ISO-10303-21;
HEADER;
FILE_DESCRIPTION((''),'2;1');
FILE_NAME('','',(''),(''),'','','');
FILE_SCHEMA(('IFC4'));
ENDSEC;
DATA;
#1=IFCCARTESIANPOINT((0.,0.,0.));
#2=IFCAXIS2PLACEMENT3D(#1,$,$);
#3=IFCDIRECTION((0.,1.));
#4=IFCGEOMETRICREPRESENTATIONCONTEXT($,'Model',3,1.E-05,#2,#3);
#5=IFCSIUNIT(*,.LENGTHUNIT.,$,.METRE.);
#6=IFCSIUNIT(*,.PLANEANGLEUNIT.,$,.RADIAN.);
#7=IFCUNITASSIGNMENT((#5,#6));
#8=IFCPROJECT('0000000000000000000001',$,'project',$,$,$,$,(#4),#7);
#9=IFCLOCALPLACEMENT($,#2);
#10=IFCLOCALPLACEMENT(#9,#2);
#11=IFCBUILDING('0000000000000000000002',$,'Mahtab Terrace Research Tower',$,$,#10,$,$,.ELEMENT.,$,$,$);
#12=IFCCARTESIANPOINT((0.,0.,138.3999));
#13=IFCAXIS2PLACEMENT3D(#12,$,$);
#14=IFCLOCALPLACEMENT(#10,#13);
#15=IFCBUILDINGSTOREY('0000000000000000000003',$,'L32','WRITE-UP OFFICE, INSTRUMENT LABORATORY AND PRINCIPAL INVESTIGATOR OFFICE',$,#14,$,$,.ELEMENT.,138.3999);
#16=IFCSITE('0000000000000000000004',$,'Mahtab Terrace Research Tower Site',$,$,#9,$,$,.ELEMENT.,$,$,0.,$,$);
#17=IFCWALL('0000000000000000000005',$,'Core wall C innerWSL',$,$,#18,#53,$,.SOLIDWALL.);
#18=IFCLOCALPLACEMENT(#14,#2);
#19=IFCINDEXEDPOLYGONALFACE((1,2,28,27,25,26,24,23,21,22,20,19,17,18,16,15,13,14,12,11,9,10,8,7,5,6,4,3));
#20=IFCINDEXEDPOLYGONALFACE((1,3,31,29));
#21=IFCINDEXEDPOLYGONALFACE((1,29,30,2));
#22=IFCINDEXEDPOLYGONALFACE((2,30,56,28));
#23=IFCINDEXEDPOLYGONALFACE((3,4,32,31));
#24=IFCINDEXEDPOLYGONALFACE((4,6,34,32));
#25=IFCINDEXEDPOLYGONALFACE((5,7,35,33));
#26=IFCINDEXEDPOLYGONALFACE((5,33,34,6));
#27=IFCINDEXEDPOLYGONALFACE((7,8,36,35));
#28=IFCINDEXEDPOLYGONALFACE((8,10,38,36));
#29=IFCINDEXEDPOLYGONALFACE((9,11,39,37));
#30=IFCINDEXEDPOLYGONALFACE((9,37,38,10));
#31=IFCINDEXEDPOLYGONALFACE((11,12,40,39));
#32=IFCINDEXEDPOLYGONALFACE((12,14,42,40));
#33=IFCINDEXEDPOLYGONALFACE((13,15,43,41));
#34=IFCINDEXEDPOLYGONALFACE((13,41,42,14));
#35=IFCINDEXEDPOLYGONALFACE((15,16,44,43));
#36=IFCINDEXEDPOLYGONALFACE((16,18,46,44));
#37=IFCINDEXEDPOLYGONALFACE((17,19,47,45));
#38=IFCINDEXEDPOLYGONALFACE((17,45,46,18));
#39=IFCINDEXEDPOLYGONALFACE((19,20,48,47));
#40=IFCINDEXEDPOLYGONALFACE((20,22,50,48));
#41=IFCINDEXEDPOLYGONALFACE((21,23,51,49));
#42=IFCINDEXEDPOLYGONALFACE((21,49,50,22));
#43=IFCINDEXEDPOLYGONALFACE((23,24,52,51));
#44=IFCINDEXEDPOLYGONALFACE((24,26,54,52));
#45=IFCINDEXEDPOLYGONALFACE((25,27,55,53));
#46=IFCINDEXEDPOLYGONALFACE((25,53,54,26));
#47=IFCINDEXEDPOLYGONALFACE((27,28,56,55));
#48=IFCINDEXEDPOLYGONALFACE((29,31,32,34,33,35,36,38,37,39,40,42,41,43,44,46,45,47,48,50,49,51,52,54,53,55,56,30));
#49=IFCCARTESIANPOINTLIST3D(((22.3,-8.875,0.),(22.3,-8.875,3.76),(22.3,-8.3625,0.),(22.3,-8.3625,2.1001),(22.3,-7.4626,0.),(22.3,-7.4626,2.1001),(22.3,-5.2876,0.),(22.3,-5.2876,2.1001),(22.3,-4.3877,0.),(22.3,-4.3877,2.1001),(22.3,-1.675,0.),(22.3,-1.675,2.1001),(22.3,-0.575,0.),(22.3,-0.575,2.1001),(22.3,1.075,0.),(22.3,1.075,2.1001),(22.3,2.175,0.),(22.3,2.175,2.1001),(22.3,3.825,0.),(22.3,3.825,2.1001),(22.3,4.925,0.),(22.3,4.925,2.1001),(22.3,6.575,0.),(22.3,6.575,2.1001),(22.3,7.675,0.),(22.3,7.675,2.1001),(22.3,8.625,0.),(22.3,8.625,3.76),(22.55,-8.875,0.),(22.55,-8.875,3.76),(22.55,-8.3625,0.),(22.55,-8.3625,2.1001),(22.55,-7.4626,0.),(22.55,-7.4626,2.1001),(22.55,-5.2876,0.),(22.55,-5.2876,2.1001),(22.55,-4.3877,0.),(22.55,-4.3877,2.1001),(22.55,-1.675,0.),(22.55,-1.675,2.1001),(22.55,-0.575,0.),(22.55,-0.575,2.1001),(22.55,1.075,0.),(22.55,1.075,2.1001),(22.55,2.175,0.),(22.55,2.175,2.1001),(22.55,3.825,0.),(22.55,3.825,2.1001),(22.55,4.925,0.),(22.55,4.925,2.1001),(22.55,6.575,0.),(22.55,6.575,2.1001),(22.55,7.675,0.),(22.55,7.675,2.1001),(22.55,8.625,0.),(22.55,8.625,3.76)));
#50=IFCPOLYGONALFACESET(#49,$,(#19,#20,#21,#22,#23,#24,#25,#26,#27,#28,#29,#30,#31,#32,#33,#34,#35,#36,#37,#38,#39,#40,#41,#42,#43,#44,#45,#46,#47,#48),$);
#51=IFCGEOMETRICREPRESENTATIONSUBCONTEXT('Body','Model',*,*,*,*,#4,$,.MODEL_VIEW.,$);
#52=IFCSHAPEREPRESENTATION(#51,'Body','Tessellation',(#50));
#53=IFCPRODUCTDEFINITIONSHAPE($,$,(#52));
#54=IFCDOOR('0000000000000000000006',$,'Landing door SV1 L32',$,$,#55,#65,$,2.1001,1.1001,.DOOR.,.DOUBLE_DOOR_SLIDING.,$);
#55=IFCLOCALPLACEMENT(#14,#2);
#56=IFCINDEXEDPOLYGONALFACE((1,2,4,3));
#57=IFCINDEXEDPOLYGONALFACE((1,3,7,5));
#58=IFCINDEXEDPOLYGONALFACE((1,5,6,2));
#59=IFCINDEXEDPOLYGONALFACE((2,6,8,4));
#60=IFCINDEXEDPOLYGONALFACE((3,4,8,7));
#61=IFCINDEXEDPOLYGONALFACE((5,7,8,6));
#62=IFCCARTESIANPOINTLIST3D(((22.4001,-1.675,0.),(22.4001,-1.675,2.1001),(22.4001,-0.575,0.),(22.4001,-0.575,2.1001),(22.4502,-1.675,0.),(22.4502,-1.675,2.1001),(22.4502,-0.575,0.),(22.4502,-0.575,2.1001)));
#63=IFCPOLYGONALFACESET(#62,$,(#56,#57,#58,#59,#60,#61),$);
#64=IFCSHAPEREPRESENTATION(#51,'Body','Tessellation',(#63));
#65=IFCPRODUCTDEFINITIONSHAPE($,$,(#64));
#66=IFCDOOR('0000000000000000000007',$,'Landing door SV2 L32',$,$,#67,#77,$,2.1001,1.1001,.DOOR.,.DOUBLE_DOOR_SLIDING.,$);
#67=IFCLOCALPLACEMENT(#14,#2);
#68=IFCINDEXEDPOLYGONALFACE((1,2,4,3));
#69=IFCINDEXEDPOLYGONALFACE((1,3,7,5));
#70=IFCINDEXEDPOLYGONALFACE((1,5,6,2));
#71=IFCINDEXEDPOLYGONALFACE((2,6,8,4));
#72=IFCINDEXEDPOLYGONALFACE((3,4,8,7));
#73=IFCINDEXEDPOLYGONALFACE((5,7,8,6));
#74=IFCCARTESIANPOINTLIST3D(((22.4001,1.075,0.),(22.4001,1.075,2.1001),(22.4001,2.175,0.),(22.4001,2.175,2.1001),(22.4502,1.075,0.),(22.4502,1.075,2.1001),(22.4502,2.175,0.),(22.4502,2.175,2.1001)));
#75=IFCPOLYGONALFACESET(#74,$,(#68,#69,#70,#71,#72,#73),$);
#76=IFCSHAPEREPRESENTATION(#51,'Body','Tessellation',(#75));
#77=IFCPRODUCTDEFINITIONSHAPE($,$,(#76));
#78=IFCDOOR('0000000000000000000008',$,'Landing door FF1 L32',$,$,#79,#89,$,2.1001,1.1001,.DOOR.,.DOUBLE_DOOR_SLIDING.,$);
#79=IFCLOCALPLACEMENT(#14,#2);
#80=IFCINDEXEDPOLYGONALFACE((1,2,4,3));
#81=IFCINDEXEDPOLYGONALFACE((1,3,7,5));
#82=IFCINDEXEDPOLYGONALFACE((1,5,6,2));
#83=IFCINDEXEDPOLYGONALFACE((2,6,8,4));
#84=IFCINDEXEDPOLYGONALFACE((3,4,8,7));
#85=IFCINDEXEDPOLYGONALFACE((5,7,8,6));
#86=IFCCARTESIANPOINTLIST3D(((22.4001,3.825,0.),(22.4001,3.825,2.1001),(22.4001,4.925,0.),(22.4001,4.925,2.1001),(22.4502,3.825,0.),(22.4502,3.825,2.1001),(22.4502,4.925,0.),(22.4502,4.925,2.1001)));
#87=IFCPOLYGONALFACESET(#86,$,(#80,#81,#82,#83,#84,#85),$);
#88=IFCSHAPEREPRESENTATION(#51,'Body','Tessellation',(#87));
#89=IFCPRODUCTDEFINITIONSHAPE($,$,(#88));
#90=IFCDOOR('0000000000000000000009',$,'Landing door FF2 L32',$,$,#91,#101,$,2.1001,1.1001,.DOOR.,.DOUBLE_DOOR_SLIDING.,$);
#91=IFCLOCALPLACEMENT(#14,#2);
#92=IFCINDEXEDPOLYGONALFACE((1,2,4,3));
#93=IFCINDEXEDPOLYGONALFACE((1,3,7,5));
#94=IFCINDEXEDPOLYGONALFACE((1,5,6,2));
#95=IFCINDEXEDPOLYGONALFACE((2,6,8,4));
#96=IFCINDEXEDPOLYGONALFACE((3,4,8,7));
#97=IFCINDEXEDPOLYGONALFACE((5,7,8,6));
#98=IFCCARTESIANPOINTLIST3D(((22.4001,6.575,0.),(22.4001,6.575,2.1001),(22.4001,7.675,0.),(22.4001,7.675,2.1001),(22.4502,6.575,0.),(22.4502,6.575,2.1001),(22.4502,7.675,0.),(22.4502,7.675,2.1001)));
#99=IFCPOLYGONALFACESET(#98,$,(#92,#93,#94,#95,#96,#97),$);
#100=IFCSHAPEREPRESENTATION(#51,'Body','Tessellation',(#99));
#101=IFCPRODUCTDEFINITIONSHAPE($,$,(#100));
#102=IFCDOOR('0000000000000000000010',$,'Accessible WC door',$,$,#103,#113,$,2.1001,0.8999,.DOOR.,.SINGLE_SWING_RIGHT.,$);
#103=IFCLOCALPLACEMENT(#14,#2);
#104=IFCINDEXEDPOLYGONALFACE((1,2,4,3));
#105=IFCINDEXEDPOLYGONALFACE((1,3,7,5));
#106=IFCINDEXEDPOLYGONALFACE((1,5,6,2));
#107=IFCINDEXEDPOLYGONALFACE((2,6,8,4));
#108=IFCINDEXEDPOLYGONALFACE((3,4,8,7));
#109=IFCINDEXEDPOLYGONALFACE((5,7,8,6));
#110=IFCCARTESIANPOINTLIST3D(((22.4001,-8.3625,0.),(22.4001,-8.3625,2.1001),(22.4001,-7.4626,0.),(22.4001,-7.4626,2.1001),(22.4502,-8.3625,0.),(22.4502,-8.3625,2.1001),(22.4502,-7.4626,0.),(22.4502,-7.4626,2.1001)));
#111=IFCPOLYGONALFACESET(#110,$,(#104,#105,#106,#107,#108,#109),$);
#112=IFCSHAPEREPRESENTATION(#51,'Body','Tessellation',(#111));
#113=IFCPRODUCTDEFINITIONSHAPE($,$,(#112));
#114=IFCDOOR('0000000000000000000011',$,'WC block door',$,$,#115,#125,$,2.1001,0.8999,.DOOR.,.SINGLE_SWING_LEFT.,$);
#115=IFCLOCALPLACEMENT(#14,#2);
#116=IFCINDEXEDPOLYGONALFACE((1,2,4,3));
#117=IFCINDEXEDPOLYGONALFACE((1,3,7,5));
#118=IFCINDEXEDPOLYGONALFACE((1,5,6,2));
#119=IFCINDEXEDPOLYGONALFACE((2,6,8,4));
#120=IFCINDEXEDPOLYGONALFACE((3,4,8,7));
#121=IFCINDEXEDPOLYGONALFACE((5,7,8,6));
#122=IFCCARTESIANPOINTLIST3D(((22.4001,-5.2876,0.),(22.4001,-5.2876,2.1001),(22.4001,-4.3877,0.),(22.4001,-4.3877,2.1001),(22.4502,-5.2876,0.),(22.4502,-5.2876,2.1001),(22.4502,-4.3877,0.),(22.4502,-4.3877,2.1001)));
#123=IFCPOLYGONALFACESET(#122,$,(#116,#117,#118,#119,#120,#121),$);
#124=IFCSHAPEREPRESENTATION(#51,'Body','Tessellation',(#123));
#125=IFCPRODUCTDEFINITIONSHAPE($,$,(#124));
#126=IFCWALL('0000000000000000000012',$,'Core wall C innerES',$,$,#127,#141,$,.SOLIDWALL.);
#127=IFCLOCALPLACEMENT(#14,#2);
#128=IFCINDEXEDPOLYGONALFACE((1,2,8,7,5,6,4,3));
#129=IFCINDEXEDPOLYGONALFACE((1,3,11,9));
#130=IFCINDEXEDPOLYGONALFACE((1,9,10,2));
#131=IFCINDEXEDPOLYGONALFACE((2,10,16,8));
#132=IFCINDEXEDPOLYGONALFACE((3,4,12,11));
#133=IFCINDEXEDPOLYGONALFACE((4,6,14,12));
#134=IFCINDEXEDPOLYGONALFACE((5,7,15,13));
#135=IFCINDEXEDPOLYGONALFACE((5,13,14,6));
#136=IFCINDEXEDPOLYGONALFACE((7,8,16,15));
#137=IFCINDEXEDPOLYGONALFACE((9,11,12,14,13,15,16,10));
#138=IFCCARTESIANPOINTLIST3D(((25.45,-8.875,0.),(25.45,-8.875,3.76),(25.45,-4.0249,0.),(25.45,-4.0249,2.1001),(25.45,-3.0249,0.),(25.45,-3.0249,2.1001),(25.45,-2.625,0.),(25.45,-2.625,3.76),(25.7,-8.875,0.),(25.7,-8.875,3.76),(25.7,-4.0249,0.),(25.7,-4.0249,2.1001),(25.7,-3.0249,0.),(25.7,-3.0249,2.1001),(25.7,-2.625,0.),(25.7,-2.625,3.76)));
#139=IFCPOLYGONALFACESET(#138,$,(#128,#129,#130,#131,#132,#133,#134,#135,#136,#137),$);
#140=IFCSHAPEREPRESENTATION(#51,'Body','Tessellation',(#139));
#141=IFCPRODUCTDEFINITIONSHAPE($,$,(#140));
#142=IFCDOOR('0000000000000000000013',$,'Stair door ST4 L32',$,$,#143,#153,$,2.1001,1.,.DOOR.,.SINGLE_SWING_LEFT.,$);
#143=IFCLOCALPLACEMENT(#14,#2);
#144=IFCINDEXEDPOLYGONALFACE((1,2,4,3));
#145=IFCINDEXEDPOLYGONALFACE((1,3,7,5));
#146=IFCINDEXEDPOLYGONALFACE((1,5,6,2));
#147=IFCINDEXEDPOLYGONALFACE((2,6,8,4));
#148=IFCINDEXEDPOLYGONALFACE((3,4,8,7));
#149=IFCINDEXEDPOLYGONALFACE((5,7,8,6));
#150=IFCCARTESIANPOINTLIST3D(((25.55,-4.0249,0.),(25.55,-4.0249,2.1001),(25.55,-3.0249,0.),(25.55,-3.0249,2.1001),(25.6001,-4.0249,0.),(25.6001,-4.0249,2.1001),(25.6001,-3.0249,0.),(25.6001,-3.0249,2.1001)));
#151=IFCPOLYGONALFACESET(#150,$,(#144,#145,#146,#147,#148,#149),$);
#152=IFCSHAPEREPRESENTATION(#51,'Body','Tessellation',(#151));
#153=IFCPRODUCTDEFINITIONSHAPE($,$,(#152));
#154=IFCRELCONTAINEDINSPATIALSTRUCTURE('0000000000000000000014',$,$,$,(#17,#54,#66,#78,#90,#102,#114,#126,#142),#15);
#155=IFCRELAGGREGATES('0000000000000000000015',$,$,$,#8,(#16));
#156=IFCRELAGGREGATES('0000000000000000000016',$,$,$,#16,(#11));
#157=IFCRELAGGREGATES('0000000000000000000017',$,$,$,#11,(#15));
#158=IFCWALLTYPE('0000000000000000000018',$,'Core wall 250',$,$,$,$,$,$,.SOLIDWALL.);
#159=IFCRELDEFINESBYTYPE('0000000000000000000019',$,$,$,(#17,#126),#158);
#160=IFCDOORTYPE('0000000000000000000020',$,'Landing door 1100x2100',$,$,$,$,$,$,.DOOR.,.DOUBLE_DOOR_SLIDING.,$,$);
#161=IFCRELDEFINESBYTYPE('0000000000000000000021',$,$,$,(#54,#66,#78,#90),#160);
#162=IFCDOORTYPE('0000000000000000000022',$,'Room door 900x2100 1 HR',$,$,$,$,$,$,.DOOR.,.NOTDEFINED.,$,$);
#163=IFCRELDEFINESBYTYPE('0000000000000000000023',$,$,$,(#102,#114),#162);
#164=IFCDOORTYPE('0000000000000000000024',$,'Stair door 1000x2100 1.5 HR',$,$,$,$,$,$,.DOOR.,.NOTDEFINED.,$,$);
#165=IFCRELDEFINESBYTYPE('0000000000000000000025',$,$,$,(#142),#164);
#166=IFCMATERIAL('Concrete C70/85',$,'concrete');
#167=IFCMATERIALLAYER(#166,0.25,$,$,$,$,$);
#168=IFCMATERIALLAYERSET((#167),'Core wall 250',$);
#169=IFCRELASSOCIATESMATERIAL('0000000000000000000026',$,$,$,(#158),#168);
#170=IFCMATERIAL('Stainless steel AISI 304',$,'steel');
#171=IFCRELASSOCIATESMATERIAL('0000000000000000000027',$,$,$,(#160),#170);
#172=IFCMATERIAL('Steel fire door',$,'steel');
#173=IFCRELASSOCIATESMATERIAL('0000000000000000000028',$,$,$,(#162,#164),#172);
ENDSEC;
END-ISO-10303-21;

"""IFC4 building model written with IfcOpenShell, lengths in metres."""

from ifc_helpers import new_model, si_unit, direction, frame, frame_2d, origin, place, context, subcontext, project, spatial, rectangle, extrude, material, layer, layer_set, type_object, element, fill, save


model = new_model("IFC4")

# Units and contexts
model_context = context("Model", 3, precision=1e-05, world=origin(), true_north=direction((0.0, 1.0)))
body_context = subcontext(model_context, "Body", "Model", "MODEL_VIEW")
ifc_project = project(units=[si_unit("LENGTHUNIT", "METRE"), si_unit("PLANEANGLEUNIT", "RADIAN")], contexts=[model_context])

# Site, building, storey
site_placement = place(None, origin())
site = spatial("IfcSite", under=ifc_project, at=site_placement, Name="Mahtab Terrace Research Tower Site", CompositionType="ELEMENT", RefElevation=0.0)
building_placement = place(site_placement, origin())
building = spatial("IfcBuilding", under=site, at=building_placement, Name="Mahtab Terrace Research Tower", CompositionType="ELEMENT")
storey_placement = place(building_placement, frame((0.0, 0.0, 138.3999)))
storey = spatial("IfcBuildingStorey", under=building, at=storey_placement, Name="L32", Description="WRITE-UP OFFICE, INSTRUMENT LABORATORY AND PRINCIPAL INVESTIGATOR OFFICE", CompositionType="ELEMENT", Elevation=138.3999)

# Wall, openings, doors
ifc_material_1 = material(Name="Concrete C70/85", Category="concrete")
ifc_layer_1 = layer(ifc_material_1, 0.25)
ifc_layer_set_1 = layer_set([ifc_layer_1], Name="Core wall 250")
wall_type_1 = type_object("IfcWallType", Name="Core wall 250", PredefinedType="SOLIDWALL", material=ifc_layer_set_1)
wall_1_placement = place(storey_placement, frame((22.425, -8.875, 0.0), z_axis=(0.0, 0.0, 1.0), x_axis=(0.0, 1.0, 0.0)))
wall_1 = element("IfcWall", 1, at=wall_1_placement, inside=storey, type_object=wall_type_1, Name="Core wall C innerWSL", PredefinedType="SOLIDWALL", context=body_context, shape_type="SweptSolid", body=[
    extrude(rectangle(XDim=17.5, YDim=0.25, at=frame_2d((8.75, 0.0))), origin(), (0.0, 0.0, 1.0), 3.76),
])
opening_1_placement = place(wall_1_placement, frame((7.2, 0.0, 0.0)))
opening_1 = element("IfcOpeningElement", 2, at=opening_1_placement, cuts=wall_1, PredefinedType="OPENING", context=body_context, shape_type="SweptSolid", body=[
    extrude(rectangle(XDim=1.1001, YDim=2.1001, at=frame_2d((0.55, 1.05))), frame((0.0, 0.135, 0.0), z_axis=(0.0, -1.0, 0.0), x_axis=(1.0, 0.0, 0.0)), (0.0, 0.0, 1.0), 0.27),
])
opening_2_placement = place(wall_1_placement, frame((9.95, 0.0, 0.0)))
opening_2 = element("IfcOpeningElement", 3, at=opening_2_placement, cuts=wall_1, PredefinedType="OPENING", context=body_context, shape_type="SweptSolid", body=[
    extrude(rectangle(XDim=1.1001, YDim=2.1001, at=frame_2d((0.55, 1.05))), frame((0.0, 0.135, 0.0), z_axis=(0.0, -1.0, 0.0), x_axis=(1.0, 0.0, 0.0)), (0.0, 0.0, 1.0), 0.27),
])
opening_3_placement = place(wall_1_placement, frame((12.7, 0.0, 0.0)))
opening_3 = element("IfcOpeningElement", 4, at=opening_3_placement, cuts=wall_1, PredefinedType="OPENING", context=body_context, shape_type="SweptSolid", body=[
    extrude(rectangle(XDim=1.1001, YDim=2.1001, at=frame_2d((0.55, 1.05))), frame((0.0, 0.135, 0.0), z_axis=(0.0, -1.0, 0.0), x_axis=(1.0, 0.0, 0.0)), (0.0, 0.0, 1.0), 0.27),
])
opening_4_placement = place(wall_1_placement, frame((15.45, 0.0, 0.0)))
opening_4 = element("IfcOpeningElement", 5, at=opening_4_placement, cuts=wall_1, PredefinedType="OPENING", context=body_context, shape_type="SweptSolid", body=[
    extrude(rectangle(XDim=1.1001, YDim=2.1001, at=frame_2d((0.55, 1.05))), frame((0.0, 0.135, 0.0), z_axis=(0.0, -1.0, 0.0), x_axis=(1.0, 0.0, 0.0)), (0.0, 0.0, 1.0), 0.27),
])
opening_5_placement = place(wall_1_placement, frame((0.5125, 0.0, 0.0)))
opening_5 = element("IfcOpeningElement", 6, at=opening_5_placement, cuts=wall_1, PredefinedType="OPENING", context=body_context, shape_type="SweptSolid", body=[
    extrude(rectangle(XDim=0.8999, YDim=2.1001, at=frame_2d((0.45, 1.05))), frame((0.0, 0.135, 0.0), z_axis=(0.0, -1.0, 0.0), x_axis=(1.0, 0.0, 0.0)), (0.0, 0.0, 1.0), 0.27),
])
opening_6_placement = place(wall_1_placement, frame((3.5874, 0.0, 0.0)))
opening_6 = element("IfcOpeningElement", 7, at=opening_6_placement, cuts=wall_1, PredefinedType="OPENING", context=body_context, shape_type="SweptSolid", body=[
    extrude(rectangle(XDim=0.8999, YDim=2.1001, at=frame_2d((0.45, 1.05))), frame((0.0, 0.135, 0.0), z_axis=(0.0, -1.0, 0.0), x_axis=(1.0, 0.0, 0.0)), (0.0, 0.0, 1.0), 0.27),
])
ifc_material_2 = material(Name="Stainless steel AISI 304", Category="steel")
door_type_1 = type_object("IfcDoorType", Name="Landing door 1100x2100", OperationType="DOUBLE_DOOR_SLIDING", PredefinedType="DOOR", material=ifc_material_2)
door_1_placement = place(opening_1_placement, origin())
door_1 = element("IfcDoor", 8, at=door_1_placement, inside=storey, type_object=door_type_1, Name="Landing door SV1 L32", OperationType="DOUBLE_DOOR_SLIDING", OverallHeight=2.1001, OverallWidth=1.1001, PredefinedType="DOOR", context=body_context, shape_type="SweptSolid", body=[
    extrude(rectangle(XDim=1.1001, YDim=2.1001, at=frame_2d((0.55, 1.05))), frame((0.0, 0.0249, 0.0), z_axis=(0.0, -1.0, 0.0), x_axis=(1.0, 0.0, 0.0)), (0.0, 0.0, 1.0), 0.05),
])
fill(opening_1, door_1)
door_2_placement = place(opening_2_placement, origin())
door_2 = element("IfcDoor", 9, at=door_2_placement, inside=storey, type_object=door_type_1, Name="Landing door SV2 L32", OperationType="DOUBLE_DOOR_SLIDING", OverallHeight=2.1001, OverallWidth=1.1001, PredefinedType="DOOR", context=body_context, shape_type="SweptSolid", body=[
    extrude(rectangle(XDim=1.1001, YDim=2.1001, at=frame_2d((0.55, 1.05))), frame((0.0, 0.0249, 0.0), z_axis=(0.0, -1.0, 0.0), x_axis=(1.0, 0.0, 0.0)), (0.0, 0.0, 1.0), 0.05),
])
fill(opening_2, door_2)
door_3_placement = place(opening_3_placement, origin())
door_3 = element("IfcDoor", 10, at=door_3_placement, inside=storey, type_object=door_type_1, Name="Landing door FF1 L32", OperationType="DOUBLE_DOOR_SLIDING", OverallHeight=2.1001, OverallWidth=1.1001, PredefinedType="DOOR", context=body_context, shape_type="SweptSolid", body=[
    extrude(rectangle(XDim=1.1001, YDim=2.1001, at=frame_2d((0.55, 1.05))), frame((0.0, 0.0249, 0.0), z_axis=(0.0, -1.0, 0.0), x_axis=(1.0, 0.0, 0.0)), (0.0, 0.0, 1.0), 0.05),
])
fill(opening_3, door_3)
door_4_placement = place(opening_4_placement, origin())
door_4 = element("IfcDoor", 11, at=door_4_placement, inside=storey, type_object=door_type_1, Name="Landing door FF2 L32", OperationType="DOUBLE_DOOR_SLIDING", OverallHeight=2.1001, OverallWidth=1.1001, PredefinedType="DOOR", context=body_context, shape_type="SweptSolid", body=[
    extrude(rectangle(XDim=1.1001, YDim=2.1001, at=frame_2d((0.55, 1.05))), frame((0.0, 0.0249, 0.0), z_axis=(0.0, -1.0, 0.0), x_axis=(1.0, 0.0, 0.0)), (0.0, 0.0, 1.0), 0.05),
])
fill(opening_4, door_4)
ifc_material_3 = material(Name="Steel fire door", Category="steel")
door_type_2 = type_object("IfcDoorType", Name="Room door 900x2100 1 HR", OperationType="NOTDEFINED", PredefinedType="DOOR", material=ifc_material_3)
door_5_placement = place(opening_5_placement, origin())
door_5 = element("IfcDoor", 12, at=door_5_placement, inside=storey, type_object=door_type_2, Name="Accessible WC door", OperationType="SINGLE_SWING_RIGHT", OverallHeight=2.1001, OverallWidth=0.8999, PredefinedType="DOOR", context=body_context, shape_type="SweptSolid", body=[
    extrude(rectangle(XDim=0.8999, YDim=2.1001, at=frame_2d((0.45, 1.05))), frame((0.0, 0.0249, 0.0), z_axis=(0.0, -1.0, 0.0), x_axis=(1.0, 0.0, 0.0)), (0.0, 0.0, 1.0), 0.05),
])
fill(opening_5, door_5)
door_6_placement = place(opening_6_placement, origin())
door_6 = element("IfcDoor", 13, at=door_6_placement, inside=storey, type_object=door_type_2, Name="WC block door", OperationType="SINGLE_SWING_LEFT", OverallHeight=2.1001, OverallWidth=0.8999, PredefinedType="DOOR", context=body_context, shape_type="SweptSolid", body=[
    extrude(rectangle(XDim=0.8999, YDim=2.1001, at=frame_2d((0.45, 1.05))), frame((0.0, 0.0249, 0.0), z_axis=(0.0, -1.0, 0.0), x_axis=(1.0, 0.0, 0.0)), (0.0, 0.0, 1.0), 0.05),
])
fill(opening_6, door_6)

# Wall, opening, door
wall_2_placement = place(storey_placement, frame((25.575, -8.875, 0.0), z_axis=(0.0, 0.0, 1.0), x_axis=(0.0, 1.0, 0.0)))
wall_2 = element("IfcWall", 14, at=wall_2_placement, inside=storey, type_object=wall_type_1, Name="Core wall C innerES", PredefinedType="SOLIDWALL", context=body_context, shape_type="SweptSolid", body=[
    extrude(rectangle(XDim=6.25, YDim=0.25, at=frame_2d((3.125, 0.0))), origin(), (0.0, 0.0, 1.0), 3.76),
])
opening_7_placement = place(wall_2_placement, frame((4.8501, 0.0, 0.0)))
opening_7 = element("IfcOpeningElement", 15, at=opening_7_placement, cuts=wall_2, PredefinedType="OPENING", context=body_context, shape_type="SweptSolid", body=[
    extrude(rectangle(XDim=1.0, YDim=2.1001, at=frame_2d((0.5, 1.05))), frame((0.0, 0.135, 0.0), z_axis=(0.0, -1.0, 0.0), x_axis=(1.0, 0.0, 0.0)), (0.0, 0.0, 1.0), 0.27),
])
door_type_3 = type_object("IfcDoorType", Name="Stair door 1000x2100 1.5 HR", OperationType="NOTDEFINED", PredefinedType="DOOR", material=ifc_material_3)
door_7_placement = place(opening_7_placement, origin())
door_7 = element("IfcDoor", 16, at=door_7_placement, inside=storey, type_object=door_type_3, Name="Stair door ST4 L32", OperationType="SINGLE_SWING_LEFT", OverallHeight=2.1001, OverallWidth=1.0, PredefinedType="DOOR", context=body_context, shape_type="SweptSolid", body=[
    extrude(rectangle(XDim=1.0, YDim=2.1001, at=frame_2d((0.5, 1.05))), frame((0.0, 0.0249, 0.0), z_axis=(0.0, -1.0, 0.0), x_axis=(1.0, 0.0, 0.0)), (0.0, 0.0, 1.0), 0.05),
])
fill(opening_7, door_7)

save(model, "model.ifc")
